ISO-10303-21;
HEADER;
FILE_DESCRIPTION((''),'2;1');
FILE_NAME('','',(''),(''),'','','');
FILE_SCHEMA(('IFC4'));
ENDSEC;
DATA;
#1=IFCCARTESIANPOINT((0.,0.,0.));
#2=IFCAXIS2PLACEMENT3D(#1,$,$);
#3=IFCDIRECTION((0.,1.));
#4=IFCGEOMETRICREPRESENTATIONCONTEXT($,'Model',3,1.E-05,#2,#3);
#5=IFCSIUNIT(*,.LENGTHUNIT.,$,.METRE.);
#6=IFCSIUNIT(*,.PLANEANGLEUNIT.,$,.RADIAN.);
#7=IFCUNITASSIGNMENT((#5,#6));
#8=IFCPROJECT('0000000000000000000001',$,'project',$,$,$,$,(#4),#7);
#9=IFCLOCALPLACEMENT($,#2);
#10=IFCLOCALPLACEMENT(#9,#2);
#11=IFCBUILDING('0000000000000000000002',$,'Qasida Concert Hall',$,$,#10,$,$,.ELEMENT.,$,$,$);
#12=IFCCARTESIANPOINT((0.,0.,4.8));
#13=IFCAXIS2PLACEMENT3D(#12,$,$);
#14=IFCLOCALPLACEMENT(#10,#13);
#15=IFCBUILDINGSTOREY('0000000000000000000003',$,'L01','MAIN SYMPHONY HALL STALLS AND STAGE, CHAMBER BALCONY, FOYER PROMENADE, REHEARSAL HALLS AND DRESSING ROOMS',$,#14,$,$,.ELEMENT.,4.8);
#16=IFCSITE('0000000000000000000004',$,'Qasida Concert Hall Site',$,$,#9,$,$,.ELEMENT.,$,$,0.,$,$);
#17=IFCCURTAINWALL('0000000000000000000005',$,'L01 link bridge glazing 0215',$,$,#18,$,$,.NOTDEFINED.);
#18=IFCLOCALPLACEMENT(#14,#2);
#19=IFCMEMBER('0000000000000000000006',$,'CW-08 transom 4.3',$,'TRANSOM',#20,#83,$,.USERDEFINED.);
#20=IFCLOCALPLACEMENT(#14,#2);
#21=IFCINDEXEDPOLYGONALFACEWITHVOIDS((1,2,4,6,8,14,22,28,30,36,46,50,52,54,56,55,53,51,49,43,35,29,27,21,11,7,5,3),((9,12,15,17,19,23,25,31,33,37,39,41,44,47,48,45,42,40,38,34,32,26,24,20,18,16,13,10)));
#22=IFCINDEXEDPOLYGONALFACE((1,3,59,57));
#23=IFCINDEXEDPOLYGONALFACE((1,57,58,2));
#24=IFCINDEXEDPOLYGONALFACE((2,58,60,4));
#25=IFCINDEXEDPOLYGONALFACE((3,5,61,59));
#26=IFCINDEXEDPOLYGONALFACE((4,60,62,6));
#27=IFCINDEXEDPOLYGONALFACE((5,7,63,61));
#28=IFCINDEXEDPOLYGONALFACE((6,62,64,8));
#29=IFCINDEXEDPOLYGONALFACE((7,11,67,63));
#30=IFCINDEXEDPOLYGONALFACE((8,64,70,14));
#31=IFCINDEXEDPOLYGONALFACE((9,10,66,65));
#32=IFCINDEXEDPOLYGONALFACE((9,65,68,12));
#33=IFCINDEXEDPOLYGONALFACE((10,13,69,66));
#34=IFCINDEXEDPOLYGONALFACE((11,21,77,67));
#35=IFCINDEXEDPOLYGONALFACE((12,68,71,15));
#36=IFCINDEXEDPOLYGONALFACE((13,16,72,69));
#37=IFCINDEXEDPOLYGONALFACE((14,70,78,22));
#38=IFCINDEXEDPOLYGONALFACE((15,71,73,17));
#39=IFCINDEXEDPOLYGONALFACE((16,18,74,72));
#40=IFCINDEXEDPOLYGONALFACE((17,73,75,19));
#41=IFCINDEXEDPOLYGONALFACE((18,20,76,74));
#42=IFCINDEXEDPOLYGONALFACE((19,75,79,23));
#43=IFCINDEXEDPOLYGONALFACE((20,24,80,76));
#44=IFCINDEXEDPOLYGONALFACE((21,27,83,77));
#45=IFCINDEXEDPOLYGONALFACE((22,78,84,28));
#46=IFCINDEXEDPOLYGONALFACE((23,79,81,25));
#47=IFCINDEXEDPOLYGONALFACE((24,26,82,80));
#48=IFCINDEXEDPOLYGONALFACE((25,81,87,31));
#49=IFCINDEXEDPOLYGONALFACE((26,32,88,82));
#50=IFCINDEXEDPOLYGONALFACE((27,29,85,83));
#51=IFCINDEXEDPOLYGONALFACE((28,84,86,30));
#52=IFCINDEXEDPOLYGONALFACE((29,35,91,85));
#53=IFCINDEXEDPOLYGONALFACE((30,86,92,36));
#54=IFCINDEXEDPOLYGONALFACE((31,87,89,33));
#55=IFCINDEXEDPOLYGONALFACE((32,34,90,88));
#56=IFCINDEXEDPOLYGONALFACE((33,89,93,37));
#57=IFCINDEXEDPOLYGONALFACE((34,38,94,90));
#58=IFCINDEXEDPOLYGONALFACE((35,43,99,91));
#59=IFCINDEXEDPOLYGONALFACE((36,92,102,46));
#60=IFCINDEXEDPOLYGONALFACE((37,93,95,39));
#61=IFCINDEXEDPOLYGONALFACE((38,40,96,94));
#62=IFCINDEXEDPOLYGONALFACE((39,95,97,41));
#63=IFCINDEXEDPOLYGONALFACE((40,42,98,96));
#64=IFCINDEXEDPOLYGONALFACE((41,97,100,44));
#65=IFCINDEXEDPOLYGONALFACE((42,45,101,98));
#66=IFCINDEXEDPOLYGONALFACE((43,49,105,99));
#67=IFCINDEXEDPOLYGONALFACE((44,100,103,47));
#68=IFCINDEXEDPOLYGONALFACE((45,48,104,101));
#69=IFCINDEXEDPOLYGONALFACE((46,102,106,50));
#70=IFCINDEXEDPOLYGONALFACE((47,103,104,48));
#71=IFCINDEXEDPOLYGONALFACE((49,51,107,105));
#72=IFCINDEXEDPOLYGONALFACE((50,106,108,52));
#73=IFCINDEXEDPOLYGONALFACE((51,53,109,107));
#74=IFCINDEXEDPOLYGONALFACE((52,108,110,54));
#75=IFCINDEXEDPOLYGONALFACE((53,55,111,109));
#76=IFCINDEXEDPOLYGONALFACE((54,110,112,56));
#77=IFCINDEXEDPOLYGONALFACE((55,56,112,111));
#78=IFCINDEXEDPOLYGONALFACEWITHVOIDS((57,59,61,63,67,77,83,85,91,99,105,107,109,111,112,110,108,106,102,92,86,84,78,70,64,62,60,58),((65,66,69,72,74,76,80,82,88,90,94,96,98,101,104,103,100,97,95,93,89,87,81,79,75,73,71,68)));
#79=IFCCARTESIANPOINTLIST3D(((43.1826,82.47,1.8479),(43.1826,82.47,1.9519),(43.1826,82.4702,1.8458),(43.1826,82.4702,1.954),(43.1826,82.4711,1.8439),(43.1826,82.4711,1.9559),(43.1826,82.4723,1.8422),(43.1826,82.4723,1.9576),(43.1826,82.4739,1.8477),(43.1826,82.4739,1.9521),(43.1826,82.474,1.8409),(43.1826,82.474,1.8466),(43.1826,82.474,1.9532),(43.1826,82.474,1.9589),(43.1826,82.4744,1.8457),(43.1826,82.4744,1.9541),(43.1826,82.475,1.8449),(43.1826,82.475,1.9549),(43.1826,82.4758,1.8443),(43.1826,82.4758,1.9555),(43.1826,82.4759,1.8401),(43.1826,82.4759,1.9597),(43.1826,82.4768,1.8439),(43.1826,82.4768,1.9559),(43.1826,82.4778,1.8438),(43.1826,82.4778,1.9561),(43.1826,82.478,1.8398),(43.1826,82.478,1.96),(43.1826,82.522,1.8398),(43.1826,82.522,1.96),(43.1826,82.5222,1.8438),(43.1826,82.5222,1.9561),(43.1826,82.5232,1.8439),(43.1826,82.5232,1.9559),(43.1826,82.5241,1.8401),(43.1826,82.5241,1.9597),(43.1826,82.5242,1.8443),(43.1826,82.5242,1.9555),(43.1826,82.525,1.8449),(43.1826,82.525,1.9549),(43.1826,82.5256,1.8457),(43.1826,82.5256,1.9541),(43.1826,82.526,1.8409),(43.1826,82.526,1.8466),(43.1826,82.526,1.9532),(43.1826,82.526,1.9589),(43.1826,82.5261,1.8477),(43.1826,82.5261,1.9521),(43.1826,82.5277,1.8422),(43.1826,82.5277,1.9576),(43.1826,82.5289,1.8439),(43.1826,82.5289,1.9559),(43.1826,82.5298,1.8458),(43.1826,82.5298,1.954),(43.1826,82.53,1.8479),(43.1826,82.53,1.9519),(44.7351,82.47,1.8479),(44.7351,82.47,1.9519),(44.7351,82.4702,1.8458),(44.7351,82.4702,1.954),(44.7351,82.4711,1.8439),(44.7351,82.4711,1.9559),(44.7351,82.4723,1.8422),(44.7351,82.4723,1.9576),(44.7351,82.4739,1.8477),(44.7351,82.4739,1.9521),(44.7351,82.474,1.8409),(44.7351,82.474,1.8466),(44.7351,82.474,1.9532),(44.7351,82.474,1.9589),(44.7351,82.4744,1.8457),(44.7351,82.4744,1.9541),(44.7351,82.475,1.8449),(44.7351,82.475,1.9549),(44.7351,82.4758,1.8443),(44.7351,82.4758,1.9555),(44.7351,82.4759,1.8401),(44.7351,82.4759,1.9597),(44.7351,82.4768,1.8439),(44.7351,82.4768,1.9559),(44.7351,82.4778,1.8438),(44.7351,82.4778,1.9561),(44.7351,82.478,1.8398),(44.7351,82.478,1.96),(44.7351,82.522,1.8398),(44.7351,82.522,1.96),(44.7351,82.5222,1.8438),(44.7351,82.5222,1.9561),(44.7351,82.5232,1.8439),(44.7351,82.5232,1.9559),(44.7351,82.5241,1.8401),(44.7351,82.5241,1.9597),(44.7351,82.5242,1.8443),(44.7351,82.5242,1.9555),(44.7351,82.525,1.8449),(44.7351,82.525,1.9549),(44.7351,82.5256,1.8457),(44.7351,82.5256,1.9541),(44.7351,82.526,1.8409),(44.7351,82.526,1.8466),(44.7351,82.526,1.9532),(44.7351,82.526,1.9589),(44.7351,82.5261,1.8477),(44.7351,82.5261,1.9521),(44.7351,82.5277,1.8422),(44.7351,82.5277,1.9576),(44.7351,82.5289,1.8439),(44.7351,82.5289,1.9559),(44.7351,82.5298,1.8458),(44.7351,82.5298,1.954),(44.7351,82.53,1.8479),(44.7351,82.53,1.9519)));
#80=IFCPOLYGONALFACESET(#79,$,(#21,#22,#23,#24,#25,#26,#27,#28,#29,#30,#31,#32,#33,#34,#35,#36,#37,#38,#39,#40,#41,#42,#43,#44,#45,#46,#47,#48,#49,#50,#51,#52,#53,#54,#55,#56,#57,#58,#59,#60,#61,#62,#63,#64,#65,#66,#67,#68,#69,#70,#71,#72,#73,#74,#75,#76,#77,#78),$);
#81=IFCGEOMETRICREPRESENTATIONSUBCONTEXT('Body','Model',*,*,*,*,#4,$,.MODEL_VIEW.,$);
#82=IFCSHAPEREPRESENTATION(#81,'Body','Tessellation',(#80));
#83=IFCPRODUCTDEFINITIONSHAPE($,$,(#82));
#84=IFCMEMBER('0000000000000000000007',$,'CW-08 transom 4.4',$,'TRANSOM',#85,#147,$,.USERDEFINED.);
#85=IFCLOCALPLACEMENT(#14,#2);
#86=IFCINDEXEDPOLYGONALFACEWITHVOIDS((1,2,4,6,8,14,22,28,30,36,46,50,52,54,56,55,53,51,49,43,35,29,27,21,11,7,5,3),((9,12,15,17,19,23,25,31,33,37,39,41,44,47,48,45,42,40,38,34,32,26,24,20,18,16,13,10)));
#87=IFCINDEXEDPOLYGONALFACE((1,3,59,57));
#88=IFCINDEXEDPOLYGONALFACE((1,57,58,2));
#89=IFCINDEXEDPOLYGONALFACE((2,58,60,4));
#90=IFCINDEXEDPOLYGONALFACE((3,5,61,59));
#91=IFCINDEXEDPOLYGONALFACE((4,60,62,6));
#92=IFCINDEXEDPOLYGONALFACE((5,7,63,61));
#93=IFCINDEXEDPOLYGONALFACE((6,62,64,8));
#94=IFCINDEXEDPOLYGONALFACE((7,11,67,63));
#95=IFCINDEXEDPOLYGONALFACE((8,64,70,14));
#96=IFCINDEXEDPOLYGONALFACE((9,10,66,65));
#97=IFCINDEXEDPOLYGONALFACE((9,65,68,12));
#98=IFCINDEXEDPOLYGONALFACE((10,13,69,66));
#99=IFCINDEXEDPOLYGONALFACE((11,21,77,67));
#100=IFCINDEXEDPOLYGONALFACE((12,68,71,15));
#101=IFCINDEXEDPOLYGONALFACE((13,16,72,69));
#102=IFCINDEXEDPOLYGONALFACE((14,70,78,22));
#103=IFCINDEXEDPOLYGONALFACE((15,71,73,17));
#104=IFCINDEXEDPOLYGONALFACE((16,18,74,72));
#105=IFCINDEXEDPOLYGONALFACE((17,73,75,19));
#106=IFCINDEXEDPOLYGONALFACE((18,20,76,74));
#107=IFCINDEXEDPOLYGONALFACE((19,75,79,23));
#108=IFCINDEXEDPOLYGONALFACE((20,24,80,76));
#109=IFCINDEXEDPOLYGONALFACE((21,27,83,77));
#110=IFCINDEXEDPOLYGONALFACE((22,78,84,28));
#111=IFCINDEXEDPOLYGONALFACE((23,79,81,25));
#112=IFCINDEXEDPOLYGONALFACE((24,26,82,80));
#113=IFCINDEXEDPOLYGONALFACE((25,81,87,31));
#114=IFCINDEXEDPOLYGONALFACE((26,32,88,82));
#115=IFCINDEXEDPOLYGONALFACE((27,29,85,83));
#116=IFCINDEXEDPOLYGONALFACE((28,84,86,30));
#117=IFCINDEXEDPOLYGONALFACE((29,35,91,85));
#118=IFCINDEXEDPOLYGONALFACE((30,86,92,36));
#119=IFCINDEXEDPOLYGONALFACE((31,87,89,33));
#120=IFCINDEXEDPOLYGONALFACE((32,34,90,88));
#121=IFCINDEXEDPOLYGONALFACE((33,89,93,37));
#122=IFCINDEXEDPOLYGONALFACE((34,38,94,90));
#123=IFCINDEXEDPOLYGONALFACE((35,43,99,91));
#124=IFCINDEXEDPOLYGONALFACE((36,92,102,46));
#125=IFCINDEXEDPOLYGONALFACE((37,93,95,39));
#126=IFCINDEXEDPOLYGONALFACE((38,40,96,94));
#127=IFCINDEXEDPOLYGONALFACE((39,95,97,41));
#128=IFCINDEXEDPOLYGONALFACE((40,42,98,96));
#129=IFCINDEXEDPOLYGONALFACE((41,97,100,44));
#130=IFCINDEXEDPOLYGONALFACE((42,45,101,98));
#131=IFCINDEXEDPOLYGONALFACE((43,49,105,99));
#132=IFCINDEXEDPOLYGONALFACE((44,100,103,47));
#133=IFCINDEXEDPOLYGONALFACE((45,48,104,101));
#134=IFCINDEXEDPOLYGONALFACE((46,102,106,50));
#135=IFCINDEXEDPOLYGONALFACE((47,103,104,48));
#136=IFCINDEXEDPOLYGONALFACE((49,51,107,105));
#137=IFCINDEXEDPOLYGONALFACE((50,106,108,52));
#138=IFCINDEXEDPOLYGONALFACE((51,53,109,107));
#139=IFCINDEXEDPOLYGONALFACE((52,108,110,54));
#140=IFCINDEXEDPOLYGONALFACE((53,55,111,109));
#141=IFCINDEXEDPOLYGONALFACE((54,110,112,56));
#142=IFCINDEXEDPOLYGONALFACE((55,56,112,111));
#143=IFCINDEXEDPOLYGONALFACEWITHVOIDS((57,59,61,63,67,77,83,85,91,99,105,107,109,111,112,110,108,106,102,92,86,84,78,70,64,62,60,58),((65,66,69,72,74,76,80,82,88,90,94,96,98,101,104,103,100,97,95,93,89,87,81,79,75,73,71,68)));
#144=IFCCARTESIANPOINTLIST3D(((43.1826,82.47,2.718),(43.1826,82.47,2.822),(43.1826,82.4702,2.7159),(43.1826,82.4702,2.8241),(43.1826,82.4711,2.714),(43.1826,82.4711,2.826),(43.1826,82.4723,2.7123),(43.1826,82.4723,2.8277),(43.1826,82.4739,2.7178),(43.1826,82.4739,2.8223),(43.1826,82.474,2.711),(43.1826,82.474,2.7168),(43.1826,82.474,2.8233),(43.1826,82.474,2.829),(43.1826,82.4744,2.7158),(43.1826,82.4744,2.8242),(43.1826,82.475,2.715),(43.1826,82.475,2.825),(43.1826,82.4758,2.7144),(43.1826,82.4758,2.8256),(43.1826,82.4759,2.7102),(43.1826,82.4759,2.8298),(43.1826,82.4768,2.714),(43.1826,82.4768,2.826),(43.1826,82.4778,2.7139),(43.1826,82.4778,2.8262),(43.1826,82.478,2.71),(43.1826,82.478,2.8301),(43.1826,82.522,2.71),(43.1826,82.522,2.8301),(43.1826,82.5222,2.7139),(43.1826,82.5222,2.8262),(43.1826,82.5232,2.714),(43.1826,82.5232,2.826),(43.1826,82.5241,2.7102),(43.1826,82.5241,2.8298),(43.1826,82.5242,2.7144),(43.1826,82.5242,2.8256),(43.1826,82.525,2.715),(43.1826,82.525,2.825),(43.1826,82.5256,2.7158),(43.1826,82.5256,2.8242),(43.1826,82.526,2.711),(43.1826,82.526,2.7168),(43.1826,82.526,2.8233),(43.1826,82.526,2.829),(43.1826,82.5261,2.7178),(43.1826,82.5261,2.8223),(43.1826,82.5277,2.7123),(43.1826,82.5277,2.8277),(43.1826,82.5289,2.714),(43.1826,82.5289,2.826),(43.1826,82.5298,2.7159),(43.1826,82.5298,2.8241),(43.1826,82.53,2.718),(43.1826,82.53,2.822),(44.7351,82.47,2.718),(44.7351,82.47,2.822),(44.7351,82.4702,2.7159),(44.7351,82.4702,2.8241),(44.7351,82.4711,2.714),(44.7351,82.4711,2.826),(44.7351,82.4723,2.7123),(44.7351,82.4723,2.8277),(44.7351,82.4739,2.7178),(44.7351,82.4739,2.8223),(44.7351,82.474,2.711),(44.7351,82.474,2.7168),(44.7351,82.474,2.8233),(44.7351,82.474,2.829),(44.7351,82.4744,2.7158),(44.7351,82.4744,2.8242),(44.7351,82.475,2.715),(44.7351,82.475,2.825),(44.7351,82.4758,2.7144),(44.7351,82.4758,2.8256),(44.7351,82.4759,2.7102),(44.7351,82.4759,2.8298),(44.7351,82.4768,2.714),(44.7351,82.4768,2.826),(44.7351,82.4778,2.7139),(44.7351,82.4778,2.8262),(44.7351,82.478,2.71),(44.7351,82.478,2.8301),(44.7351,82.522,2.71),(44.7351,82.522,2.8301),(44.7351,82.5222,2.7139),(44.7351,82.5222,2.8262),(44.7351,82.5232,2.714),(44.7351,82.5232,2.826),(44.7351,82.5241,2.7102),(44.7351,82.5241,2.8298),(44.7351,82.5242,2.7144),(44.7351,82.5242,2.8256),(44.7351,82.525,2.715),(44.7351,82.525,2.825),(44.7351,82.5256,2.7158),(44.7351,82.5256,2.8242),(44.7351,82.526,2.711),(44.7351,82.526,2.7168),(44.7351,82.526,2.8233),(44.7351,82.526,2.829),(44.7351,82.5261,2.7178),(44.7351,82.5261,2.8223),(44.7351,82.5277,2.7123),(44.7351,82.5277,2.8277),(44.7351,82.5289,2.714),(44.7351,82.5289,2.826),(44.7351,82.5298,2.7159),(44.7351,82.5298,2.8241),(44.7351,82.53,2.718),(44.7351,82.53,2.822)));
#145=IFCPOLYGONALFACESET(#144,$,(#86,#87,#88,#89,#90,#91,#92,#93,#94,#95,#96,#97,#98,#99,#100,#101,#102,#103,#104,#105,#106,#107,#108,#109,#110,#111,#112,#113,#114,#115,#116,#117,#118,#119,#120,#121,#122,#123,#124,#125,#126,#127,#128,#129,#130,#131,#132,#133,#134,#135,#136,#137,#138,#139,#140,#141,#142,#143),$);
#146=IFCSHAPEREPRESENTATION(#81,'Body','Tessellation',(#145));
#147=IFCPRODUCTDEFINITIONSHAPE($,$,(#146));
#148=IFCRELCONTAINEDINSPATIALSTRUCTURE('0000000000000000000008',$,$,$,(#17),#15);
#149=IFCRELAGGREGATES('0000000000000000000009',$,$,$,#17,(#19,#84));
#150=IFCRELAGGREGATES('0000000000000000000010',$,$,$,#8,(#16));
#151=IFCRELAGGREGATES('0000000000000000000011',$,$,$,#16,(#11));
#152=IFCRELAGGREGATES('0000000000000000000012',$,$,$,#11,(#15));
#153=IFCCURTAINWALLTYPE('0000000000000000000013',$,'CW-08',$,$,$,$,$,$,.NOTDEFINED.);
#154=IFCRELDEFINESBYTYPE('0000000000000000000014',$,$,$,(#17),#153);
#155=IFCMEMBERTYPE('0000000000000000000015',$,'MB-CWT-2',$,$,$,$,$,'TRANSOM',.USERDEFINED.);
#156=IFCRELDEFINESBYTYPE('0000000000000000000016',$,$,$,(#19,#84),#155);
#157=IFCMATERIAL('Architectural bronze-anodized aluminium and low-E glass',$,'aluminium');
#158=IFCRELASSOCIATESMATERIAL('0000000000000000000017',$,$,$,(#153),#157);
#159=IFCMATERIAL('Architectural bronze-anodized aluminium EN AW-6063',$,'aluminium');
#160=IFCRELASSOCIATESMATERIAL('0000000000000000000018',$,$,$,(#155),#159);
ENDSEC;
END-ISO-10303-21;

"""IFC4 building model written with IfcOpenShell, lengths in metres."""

from ifc_helpers import new_model, si_unit, direction, frame, origin, origin_2d, place, context, subcontext, project, spatial, hollow_rectangle, extrude, material, material_profile, profile_set, type_object, element, aggregate, save


model = new_model("IFC4")

# Units and contexts
model_context = context("Model", 3, precision=1e-05, world=origin(), true_north=direction((0.0, 1.0)))
body_context = subcontext(model_context, "Body", "Model", "MODEL_VIEW")
ifc_project = project(units=[si_unit("LENGTHUNIT", "METRE"), si_unit("PLANEANGLEUNIT", "RADIAN")], contexts=[model_context])

# Site, building, storey
site_placement = place(None, origin())
site = spatial("IfcSite", under=ifc_project, at=site_placement, Name="Qasida Concert Hall Site", CompositionType="ELEMENT", RefElevation=0.0)
building_placement = place(site_placement, origin())
building = spatial("IfcBuilding", under=site, at=building_placement, Name="Qasida Concert Hall", CompositionType="ELEMENT")
storey_placement = place(building_placement, frame((0.0, 0.0, 4.8)))
storey = spatial("IfcBuildingStorey", under=building, at=storey_placement, Name="L01", Description="MAIN SYMPHONY HALL STALLS AND STAGE, CHAMBER BALCONY, FOYER PROMENADE, REHEARSAL HALLS AND DRESSING ROOMS", CompositionType="ELEMENT", Elevation=4.8)

# Curtain wall
ifc_material_1 = material(Name="Architectural bronze-anodized aluminium and low-E glass", Category="aluminium")
curtain_wall_type = type_object("IfcCurtainWallType", Name="CW-08", PredefinedType="NOTDEFINED", material=ifc_material_1)
curtain_wall_1_placement = place(storey_placement, origin())
curtain_wall_1 = element("IfcCurtainWall", 1, at=curtain_wall_1_placement, inside=storey, type_object=curtain_wall_type, Name="L01 link bridge glazing 0215", PredefinedType="NOTDEFINED")
ifc_material_2 = material(Name="Architectural bronze-anodized aluminium EN AW-6063", Category="aluminium")

# Members
ifc_material_profile_1 = material_profile(ifc_material_2, hollow_rectangle(XDim=0.0601, YDim=0.1201, WallThickness=0.0039, InnerFilletRadius=0.0039, OuterFilletRadius=0.0081, at=origin_2d()), Name="CWT 120x60x4")
ifc_profile_set_1 = profile_set([ifc_material_profile_1], Name="Architectural bronze-anodized aluminium EN AW-6063")
member_type_1 = type_object("IfcMemberType", Name="MB-CWT-2", ElementType="TRANSOM", PredefinedType="USERDEFINED", material=ifc_profile_set_1)
member_1_placement = place(storey_placement, frame((43.1826, 82.5, 1.8999), z_axis=(1.0, 0.0, 0.0), x_axis=(0.0, 1.0, 0.0)))
member_1 = element("IfcMember", 2, at=member_1_placement, type_object=member_type_1, Name="CW-08 transom 4.3", ObjectType="TRANSOM", PredefinedType="USERDEFINED", context=body_context, shape_type="SweptSolid", body=[
    extrude(hollow_rectangle(XDim=0.0601, YDim=0.1201, WallThickness=0.0039, InnerFilletRadius=0.0039, OuterFilletRadius=0.0081, at=origin_2d()), origin(), (0.0, 0.0, 1.0), 1.5525),
])
member_2_placement = place(storey_placement, frame((43.1826, 82.5, 2.77), z_axis=(1.0, 0.0, 0.0), x_axis=(0.0, 1.0, 0.0)))
member_2 = element("IfcMember", 3, at=member_2_placement, type_object=member_type_1, Name="CW-08 transom 4.4", ObjectType="TRANSOM", PredefinedType="USERDEFINED", context=body_context, shape_type="SweptSolid", body=[
    extrude(hollow_rectangle(XDim=0.0601, YDim=0.1201, WallThickness=0.0039, InnerFilletRadius=0.0039, OuterFilletRadius=0.0081, at=origin_2d()), origin(), (0.0, 0.0, 1.0), 1.5525),
])

aggregate(curtain_wall_1, [member_1, member_2])

save(model, "model.ifc")
